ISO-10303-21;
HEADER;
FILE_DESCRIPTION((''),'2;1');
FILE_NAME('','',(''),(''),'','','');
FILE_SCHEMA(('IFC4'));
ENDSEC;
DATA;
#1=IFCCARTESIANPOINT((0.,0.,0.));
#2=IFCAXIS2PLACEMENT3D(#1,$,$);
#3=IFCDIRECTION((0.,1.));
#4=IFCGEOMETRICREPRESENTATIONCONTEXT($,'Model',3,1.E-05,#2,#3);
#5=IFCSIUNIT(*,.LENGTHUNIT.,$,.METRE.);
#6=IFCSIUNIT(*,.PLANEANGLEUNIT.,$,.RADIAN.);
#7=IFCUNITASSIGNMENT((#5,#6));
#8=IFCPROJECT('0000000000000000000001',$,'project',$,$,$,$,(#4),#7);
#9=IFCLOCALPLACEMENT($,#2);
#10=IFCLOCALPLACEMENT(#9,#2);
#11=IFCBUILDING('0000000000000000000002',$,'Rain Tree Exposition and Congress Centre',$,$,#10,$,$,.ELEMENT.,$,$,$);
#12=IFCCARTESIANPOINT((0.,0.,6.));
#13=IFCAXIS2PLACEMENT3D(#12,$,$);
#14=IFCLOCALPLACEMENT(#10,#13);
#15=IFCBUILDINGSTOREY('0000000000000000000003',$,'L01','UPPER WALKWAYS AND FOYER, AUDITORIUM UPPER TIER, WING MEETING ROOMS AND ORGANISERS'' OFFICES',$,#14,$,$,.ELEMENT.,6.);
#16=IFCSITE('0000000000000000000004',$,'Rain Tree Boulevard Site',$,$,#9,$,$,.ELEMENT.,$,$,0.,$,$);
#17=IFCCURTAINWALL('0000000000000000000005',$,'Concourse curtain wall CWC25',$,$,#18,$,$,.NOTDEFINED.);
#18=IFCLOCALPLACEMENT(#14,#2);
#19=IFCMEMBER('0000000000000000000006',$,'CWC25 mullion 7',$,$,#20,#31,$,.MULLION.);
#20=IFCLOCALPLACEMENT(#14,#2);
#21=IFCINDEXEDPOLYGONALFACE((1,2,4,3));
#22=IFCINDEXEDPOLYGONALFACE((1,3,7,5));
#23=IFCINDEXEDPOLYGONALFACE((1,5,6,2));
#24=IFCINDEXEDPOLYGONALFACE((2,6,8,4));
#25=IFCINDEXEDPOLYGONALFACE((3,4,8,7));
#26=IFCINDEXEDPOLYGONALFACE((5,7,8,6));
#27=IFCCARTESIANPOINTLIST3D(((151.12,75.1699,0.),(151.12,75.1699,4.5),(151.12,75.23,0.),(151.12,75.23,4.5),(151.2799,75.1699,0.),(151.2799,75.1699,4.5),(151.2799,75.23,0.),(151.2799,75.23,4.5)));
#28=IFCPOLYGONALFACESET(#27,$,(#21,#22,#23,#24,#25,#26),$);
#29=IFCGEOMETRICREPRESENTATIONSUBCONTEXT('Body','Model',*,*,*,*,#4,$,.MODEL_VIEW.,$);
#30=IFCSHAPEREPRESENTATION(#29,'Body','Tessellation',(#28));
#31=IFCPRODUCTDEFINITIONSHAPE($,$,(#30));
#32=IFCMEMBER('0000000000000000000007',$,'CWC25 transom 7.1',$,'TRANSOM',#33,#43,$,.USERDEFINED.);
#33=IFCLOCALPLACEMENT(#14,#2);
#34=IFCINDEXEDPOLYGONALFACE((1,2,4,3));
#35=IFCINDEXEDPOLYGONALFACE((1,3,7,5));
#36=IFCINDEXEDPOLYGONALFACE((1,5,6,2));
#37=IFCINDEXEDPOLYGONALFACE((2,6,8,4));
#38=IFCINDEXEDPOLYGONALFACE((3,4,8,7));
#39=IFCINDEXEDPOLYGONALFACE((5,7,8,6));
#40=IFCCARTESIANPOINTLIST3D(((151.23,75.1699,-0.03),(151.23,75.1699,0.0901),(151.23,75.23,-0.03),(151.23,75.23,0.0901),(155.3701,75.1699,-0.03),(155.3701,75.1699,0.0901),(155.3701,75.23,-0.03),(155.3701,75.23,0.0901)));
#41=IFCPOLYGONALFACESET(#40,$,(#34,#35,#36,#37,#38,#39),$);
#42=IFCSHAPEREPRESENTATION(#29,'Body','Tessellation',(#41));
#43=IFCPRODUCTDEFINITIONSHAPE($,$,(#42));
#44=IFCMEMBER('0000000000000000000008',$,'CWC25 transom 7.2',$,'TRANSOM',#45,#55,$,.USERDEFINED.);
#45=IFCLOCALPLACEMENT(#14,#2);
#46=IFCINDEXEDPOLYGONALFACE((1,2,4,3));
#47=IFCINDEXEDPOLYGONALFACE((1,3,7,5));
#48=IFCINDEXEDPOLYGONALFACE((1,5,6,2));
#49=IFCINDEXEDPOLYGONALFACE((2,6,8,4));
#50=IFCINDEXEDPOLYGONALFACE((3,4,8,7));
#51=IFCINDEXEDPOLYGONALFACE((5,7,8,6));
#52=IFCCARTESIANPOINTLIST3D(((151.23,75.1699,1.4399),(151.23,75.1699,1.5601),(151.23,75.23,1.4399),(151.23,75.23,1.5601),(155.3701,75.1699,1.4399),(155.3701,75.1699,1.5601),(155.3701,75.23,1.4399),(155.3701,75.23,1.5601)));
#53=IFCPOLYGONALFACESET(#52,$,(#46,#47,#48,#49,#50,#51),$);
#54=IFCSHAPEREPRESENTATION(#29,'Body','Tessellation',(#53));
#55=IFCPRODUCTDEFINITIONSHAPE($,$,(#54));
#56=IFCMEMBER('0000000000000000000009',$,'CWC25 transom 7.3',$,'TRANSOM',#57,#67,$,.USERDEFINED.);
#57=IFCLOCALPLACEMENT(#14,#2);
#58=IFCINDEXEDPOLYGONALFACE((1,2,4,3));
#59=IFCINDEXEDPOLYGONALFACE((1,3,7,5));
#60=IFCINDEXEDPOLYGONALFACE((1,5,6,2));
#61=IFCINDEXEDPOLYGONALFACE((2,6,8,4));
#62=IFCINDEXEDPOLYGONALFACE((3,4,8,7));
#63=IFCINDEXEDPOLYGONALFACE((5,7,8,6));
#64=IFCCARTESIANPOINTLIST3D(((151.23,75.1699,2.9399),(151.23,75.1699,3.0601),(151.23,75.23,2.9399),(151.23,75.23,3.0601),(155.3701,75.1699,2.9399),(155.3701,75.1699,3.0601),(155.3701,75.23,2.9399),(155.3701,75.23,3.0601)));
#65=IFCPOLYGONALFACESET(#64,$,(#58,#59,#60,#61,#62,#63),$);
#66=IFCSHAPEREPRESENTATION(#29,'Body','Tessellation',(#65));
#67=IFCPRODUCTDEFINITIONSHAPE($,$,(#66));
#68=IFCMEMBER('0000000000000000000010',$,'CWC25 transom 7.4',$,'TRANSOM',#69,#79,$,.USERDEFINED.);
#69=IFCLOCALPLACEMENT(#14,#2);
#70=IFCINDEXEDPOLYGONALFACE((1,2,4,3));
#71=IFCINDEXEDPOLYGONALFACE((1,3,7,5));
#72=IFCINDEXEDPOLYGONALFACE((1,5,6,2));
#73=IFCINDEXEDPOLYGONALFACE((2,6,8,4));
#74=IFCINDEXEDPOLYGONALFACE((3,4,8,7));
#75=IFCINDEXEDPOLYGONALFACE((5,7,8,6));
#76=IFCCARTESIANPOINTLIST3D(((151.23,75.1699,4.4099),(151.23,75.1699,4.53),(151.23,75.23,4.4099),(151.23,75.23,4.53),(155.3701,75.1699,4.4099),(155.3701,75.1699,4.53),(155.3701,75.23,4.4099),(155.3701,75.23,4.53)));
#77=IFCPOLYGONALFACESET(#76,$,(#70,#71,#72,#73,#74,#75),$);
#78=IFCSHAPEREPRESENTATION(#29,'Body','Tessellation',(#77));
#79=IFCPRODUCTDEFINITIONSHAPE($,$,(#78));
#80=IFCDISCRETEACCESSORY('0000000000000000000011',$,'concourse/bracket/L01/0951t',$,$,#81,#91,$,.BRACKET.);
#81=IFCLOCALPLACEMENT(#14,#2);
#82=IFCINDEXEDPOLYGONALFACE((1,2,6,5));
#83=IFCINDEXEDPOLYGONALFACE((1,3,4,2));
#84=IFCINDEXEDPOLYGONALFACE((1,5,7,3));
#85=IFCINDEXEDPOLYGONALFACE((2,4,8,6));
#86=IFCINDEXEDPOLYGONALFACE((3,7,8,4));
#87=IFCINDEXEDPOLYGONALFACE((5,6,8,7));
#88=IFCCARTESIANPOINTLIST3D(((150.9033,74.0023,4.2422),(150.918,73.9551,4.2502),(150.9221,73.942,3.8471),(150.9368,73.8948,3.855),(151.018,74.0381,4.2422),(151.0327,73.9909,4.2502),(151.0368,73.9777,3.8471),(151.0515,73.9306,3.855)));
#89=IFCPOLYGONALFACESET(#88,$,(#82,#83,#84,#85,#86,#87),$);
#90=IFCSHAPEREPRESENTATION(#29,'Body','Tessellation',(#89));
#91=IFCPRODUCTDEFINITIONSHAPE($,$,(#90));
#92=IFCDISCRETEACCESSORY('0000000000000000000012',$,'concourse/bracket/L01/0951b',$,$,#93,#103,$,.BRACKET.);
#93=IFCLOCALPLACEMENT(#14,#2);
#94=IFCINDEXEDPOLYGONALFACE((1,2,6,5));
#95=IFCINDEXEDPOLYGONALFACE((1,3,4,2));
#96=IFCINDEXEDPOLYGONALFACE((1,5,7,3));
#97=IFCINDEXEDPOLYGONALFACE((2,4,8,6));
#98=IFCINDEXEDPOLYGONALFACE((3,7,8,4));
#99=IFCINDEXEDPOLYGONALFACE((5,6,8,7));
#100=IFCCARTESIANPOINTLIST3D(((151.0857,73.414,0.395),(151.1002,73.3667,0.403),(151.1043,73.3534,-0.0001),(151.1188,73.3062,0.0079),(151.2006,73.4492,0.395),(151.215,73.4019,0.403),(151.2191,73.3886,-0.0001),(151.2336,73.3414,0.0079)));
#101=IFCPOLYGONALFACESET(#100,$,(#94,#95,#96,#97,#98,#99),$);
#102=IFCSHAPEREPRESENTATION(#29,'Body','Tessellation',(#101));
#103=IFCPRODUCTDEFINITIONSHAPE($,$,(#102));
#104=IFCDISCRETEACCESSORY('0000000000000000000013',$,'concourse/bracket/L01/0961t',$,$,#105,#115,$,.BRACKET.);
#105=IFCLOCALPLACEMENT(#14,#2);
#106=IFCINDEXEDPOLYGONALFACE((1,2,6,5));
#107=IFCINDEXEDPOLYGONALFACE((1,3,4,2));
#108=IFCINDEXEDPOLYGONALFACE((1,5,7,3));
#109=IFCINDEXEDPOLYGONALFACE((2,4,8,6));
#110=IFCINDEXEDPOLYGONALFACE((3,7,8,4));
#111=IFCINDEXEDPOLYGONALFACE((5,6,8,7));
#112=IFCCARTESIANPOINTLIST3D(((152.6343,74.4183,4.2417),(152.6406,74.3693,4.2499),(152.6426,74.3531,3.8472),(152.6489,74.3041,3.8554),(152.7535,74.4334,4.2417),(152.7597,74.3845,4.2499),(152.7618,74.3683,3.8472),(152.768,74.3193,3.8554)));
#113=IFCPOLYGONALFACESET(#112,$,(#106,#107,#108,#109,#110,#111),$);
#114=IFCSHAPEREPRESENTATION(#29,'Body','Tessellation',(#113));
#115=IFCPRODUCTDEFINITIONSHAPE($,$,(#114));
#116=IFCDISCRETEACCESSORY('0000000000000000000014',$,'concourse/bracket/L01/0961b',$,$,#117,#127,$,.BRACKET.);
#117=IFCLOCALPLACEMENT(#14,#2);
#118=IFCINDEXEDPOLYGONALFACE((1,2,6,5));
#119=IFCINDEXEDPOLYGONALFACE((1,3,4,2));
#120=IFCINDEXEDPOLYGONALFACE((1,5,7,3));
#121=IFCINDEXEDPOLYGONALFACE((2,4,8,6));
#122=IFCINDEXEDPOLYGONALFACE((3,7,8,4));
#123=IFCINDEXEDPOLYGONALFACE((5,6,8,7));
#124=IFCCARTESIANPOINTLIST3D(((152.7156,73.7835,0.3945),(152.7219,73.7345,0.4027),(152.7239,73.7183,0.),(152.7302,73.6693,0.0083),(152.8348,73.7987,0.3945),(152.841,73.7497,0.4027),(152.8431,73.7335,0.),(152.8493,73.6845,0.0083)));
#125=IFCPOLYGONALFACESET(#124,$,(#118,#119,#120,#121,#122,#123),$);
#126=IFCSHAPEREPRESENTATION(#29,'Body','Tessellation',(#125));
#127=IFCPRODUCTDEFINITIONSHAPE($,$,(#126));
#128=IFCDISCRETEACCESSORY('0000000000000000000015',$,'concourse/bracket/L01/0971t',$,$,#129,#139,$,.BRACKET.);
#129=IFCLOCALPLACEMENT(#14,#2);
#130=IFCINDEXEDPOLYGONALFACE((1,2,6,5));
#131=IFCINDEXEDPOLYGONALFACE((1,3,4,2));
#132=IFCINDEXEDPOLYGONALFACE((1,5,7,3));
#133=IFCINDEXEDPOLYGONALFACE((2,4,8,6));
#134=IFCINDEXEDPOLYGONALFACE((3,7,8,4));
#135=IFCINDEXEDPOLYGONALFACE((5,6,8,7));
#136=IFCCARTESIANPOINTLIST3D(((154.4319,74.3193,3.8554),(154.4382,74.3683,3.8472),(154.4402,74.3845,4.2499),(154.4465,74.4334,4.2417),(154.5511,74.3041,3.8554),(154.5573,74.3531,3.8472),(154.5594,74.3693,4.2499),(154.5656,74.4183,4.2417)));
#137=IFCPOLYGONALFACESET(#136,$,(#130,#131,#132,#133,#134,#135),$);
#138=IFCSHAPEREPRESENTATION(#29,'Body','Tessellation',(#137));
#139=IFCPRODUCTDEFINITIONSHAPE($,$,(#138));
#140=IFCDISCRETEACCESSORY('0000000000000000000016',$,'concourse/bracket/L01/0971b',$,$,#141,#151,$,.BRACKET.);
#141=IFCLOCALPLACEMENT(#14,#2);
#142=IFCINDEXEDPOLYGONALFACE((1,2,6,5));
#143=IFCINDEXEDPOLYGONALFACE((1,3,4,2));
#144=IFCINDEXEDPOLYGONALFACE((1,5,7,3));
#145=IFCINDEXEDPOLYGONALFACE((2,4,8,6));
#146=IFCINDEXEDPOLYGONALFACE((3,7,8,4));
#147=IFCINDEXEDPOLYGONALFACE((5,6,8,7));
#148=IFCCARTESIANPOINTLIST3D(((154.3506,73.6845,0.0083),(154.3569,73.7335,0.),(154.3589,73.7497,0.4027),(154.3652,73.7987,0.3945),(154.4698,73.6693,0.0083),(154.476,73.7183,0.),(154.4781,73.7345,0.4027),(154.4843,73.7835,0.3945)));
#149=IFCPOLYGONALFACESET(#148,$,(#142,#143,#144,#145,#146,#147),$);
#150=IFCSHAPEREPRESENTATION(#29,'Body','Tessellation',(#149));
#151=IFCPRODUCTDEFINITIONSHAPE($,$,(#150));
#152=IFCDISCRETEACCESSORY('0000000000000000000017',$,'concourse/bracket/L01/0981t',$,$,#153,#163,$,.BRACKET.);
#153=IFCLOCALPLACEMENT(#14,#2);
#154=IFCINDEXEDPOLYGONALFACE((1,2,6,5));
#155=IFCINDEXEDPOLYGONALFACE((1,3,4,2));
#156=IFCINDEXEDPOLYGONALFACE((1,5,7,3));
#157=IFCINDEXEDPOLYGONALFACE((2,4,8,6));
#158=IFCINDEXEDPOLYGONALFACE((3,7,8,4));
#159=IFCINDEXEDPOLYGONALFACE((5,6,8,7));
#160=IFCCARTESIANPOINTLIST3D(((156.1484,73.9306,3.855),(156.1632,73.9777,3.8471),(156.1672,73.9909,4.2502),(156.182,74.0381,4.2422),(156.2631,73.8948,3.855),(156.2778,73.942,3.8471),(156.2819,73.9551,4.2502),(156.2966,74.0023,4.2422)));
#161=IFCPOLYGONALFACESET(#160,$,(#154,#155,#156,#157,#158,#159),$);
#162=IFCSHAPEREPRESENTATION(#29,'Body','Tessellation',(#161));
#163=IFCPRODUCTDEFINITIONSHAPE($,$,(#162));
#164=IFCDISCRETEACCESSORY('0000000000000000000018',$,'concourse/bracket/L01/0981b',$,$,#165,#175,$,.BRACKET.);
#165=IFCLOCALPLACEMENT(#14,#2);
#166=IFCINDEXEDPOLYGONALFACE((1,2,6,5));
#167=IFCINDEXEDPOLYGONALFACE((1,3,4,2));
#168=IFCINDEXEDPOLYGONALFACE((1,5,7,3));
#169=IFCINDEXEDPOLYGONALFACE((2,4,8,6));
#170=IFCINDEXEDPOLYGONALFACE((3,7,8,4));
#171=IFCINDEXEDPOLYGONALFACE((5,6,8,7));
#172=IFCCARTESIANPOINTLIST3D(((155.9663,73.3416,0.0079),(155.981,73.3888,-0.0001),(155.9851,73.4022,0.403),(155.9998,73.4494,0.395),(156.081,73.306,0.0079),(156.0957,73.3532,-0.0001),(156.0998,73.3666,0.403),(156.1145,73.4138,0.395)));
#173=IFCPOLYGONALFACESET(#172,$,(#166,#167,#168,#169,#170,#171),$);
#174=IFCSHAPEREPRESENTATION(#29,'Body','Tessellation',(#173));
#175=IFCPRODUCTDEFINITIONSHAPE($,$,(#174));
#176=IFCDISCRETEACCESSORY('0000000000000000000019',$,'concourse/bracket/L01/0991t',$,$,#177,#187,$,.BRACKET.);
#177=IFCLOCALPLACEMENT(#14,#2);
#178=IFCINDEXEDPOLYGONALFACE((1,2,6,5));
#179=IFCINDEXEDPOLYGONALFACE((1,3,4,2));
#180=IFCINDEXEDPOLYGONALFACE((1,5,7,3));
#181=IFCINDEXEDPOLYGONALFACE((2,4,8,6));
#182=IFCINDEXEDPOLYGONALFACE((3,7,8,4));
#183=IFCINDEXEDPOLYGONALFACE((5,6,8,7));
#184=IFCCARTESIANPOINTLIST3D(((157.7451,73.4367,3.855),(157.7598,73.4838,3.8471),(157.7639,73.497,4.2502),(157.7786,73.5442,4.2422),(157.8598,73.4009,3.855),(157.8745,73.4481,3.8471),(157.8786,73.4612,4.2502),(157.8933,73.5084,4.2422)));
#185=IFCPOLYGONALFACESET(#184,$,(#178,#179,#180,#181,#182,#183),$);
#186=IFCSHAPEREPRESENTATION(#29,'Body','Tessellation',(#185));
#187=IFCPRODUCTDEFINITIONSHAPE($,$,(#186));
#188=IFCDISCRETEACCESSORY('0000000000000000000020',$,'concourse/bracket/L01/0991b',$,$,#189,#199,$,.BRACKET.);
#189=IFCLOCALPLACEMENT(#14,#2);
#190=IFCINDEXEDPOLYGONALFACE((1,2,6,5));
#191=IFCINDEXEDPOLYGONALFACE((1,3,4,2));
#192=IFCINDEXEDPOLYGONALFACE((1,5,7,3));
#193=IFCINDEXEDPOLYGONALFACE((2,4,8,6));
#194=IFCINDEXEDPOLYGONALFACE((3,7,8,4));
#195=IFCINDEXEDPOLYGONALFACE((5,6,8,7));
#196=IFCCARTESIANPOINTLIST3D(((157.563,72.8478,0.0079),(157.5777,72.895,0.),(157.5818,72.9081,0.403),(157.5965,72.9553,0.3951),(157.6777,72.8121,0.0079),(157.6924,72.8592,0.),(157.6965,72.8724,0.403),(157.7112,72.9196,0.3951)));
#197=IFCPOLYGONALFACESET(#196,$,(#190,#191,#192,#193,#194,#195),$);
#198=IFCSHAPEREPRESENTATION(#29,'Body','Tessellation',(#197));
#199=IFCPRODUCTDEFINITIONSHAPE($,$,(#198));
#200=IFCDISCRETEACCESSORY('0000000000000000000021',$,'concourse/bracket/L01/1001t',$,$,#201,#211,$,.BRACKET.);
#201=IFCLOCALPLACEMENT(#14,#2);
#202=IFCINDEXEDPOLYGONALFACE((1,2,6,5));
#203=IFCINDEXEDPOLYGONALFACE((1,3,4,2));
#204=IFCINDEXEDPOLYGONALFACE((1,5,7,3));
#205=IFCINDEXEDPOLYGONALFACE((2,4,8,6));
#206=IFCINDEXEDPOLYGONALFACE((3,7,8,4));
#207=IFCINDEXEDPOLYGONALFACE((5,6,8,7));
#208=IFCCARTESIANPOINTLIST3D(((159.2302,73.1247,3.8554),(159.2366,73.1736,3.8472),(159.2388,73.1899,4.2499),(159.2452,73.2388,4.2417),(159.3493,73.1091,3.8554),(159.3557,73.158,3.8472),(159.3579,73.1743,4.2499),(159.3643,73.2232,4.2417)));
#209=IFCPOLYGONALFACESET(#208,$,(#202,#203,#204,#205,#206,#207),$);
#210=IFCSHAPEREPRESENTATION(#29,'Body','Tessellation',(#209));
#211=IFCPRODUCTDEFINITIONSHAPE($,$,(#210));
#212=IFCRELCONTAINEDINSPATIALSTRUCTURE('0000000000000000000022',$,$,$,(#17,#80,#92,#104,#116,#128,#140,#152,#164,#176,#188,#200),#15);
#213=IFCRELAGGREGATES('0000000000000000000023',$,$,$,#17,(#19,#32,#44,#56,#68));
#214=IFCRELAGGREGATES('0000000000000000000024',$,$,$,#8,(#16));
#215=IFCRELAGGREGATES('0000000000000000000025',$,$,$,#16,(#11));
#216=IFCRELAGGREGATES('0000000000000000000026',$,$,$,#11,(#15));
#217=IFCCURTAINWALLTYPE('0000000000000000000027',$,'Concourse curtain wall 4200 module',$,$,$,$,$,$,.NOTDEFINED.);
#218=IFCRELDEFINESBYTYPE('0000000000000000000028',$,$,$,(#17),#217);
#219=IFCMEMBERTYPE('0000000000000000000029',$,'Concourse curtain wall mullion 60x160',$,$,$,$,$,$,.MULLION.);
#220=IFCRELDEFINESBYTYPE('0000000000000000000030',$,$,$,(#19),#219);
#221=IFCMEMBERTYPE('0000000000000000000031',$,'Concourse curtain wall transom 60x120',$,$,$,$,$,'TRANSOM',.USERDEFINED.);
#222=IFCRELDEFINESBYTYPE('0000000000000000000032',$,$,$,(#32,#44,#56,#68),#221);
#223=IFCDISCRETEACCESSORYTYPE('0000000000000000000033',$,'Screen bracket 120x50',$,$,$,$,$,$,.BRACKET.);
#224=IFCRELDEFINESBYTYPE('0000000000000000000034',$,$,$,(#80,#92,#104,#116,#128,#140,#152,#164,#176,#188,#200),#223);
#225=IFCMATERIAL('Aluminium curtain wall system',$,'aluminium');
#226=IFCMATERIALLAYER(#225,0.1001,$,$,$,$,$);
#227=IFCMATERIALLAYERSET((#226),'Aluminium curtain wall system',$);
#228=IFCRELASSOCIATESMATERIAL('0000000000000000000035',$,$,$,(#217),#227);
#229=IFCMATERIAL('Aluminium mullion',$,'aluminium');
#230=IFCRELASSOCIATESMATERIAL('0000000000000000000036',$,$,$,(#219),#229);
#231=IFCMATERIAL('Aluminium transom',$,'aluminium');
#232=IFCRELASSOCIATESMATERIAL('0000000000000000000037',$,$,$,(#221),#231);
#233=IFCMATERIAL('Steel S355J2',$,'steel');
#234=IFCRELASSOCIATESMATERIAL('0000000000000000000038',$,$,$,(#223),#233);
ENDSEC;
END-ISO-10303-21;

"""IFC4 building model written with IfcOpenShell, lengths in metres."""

from ifc_helpers import new_model, si_unit, direction, frame, origin, origin_2d, place, context, subcontext, project, spatial, rectangle, extrude, material, layer, layer_set, material_profile, profile_set, type_object, element, aggregate, save


model = new_model("IFC4")

# Units and contexts
model_context = context("Model", 3, precision=1e-05, world=origin(), true_north=direction((0.0, 1.0)))
body_context = subcontext(model_context, "Body", "Model", "MODEL_VIEW")
ifc_project = project(units=[si_unit("LENGTHUNIT", "METRE"), si_unit("PLANEANGLEUNIT", "RADIAN")], contexts=[model_context])

# Site, building, storey
site_placement = place(None, origin())
site = spatial("IfcSite", under=ifc_project, at=site_placement, Name="Rain Tree Boulevard Site", CompositionType="ELEMENT", RefElevation=0.0)
building_placement = place(site_placement, origin())
building = spatial("IfcBuilding", under=site, at=building_placement, Name="Rain Tree Exposition and Congress Centre", CompositionType="ELEMENT")
storey_placement = place(building_placement, frame((0.0, 0.0, 6.0)))
storey = spatial("IfcBuildingStorey", under=building, at=storey_placement, Name="L01", Description="UPPER WALKWAYS AND FOYER, AUDITORIUM UPPER TIER, WING MEETING ROOMS AND ORGANISERS' OFFICES", CompositionType="ELEMENT", Elevation=6.0)

# Curtain wall, members
ifc_material_1 = material(Name="Aluminium curtain wall system", Category="aluminium")
ifc_layer_1 = layer(ifc_material_1, 0.1001)
ifc_layer_set_1 = layer_set([ifc_layer_1], Name="Aluminium curtain wall system")
curtain_wall_type = type_object("IfcCurtainWallType", Name="Concourse curtain wall 4200 module", PredefinedType="NOTDEFINED", material=ifc_layer_set_1)
curtain_wall_placement = place(storey_placement, origin())
curtain_wall = element("IfcCurtainWall", 1, at=curtain_wall_placement, inside=storey, type_object=curtain_wall_type, Name="Concourse curtain wall CWC25", PredefinedType="NOTDEFINED")
ifc_material_2 = material(Name="Aluminium mullion", Category="aluminium")
ifc_material_profile_1 = material_profile(ifc_material_2, rectangle(XDim=0.0601, YDim=0.1599, at=origin_2d()), Name="AL 60x160")
ifc_profile_set_1 = profile_set([ifc_material_profile_1], Name="Aluminium mullion")
member_type_1 = type_object("IfcMemberType", Name="Concourse curtain wall mullion 60x160", PredefinedType="MULLION", material=ifc_profile_set_1)
member_1_placement = place(storey_placement, frame((151.2, 75.2, 0.0), z_axis=(0.0, 0.0, 1.0), x_axis=(0.0, 1.0, 0.0)))
member_1 = element("IfcMember", 2, at=member_1_placement, type_object=member_type_1, Name="CWC25 mullion 7", PredefinedType="MULLION", context=body_context, shape_type="SweptSolid", body=[
    extrude(rectangle(XDim=0.0601, YDim=0.1599, at=origin_2d()), origin(), (0.0, 0.0, 1.0), 4.5),
])
ifc_material_3 = material(Name="Aluminium transom", Category="aluminium")
ifc_material_profile_2 = material_profile(ifc_material_3, rectangle(XDim=0.0601, YDim=0.1201, at=origin_2d()), Name="AL 60x120")
ifc_profile_set_2 = profile_set([ifc_material_profile_2], Name="Aluminium transom")
member_type_2 = type_object("IfcMemberType", Name="Concourse curtain wall transom 60x120", ElementType="TRANSOM", PredefinedType="USERDEFINED", material=ifc_profile_set_2)
member_2_placement = place(storey_placement, frame((151.23, 75.2, 0.03), z_axis=(1.0, 0.0, 0.0), x_axis=(0.0, 1.0, 0.0)))
member_2 = element("IfcMember", 3, at=member_2_placement, type_object=member_type_2, Name="CWC25 transom 7.1", ObjectType="TRANSOM", PredefinedType="USERDEFINED", context=body_context, shape_type="SweptSolid", body=[
    extrude(rectangle(XDim=0.0601, YDim=0.1201, at=origin_2d()), origin(), (0.0, 0.0, 1.0), 4.1401),
])
member_3_placement = place(storey_placement, frame((151.23, 75.2, 1.5), z_axis=(1.0, 0.0, 0.0), x_axis=(0.0, 1.0, 0.0)))
member_3 = element("IfcMember", 4, at=member_3_placement, type_object=member_type_2, Name="CWC25 transom 7.2", ObjectType="TRANSOM", PredefinedType="USERDEFINED", context=body_context, shape_type="SweptSolid", body=[
    extrude(rectangle(XDim=0.0601, YDim=0.1201, at=origin_2d()), origin(), (0.0, 0.0, 1.0), 4.1401),
])
member_4_placement = place(storey_placement, frame((151.23, 75.2, 3.0), z_axis=(1.0, 0.0, 0.0), x_axis=(0.0, 1.0, 0.0)))
member_4 = element("IfcMember", 5, at=member_4_placement, type_object=member_type_2, Name="CWC25 transom 7.3", ObjectType="TRANSOM", PredefinedType="USERDEFINED", context=body_context, shape_type="SweptSolid", body=[
    extrude(rectangle(XDim=0.0601, YDim=0.1201, at=origin_2d()), origin(), (0.0, 0.0, 1.0), 4.1401),
])
member_5_placement = place(storey_placement, frame((151.23, 75.2, 4.47), z_axis=(1.0, 0.0, 0.0), x_axis=(0.0, 1.0, 0.0)))
member_5 = element("IfcMember", 6, at=member_5_placement, type_object=member_type_2, Name="CWC25 transom 7.4", ObjectType="TRANSOM", PredefinedType="USERDEFINED", context=body_context, shape_type="SweptSolid", body=[
    extrude(rectangle(XDim=0.0601, YDim=0.1201, at=origin_2d()), origin(), (0.0, 0.0, 1.0), 4.1401),
])
aggregate(curtain_wall, [member_1, member_2, member_3, member_4, member_5])

# Discrete accessories
ifc_material_4 = material(Name="Steel S355J2", Category="steel")
ifc_material_profile_3 = material_profile(ifc_material_4, rectangle(XDim=0.1201, YDim=0.05, at=origin_2d()), Name="Flat bar 120x50")
ifc_profile_set_3 = profile_set([ifc_material_profile_3], Name="Steel S355J2")
discrete_accessory_type = type_object("IfcDiscreteAccessoryType", Name="Screen bracket 120x50", PredefinedType="BRACKET", material=ifc_profile_set_3)
for number, where, z_axis, x_axis, name in (
    (7, (150.9868, 73.9363, 3.8511), (-0.046993, 0.150743, 0.987456), (-0.954686, -0.297615, 0.0), "concourse/bracket/L01/0951t"),
    (8, (151.1689, 73.3474, 0.0039), (-0.046379, 0.151343, 0.987393), (-0.956112, -0.293002, 0.0), "concourse/bracket/L01/0951b"),
):
    element("IfcDiscreteAccessory", number, at=place(storey_placement, frame(where, z_axis=z_axis, x_axis=x_axis)), inside=storey, type_object=discrete_accessory_type, Name=name, PredefinedType="BRACKET", context=body_context, shape_type="SweptSolid", body=[
        extrude(rectangle(XDim=0.1201, YDim=0.05, at=origin_2d()), origin(), (0.0, 0.0, 1.0), 0.4001),
    ])
for number, where, z_axis, x_axis, name in (
    (9, (152.7053, 74.3362, 3.8513), (-0.020754, 0.162978, 0.986411), (-0.991989, -0.126321, 0.0), "concourse/bracket/L01/0961t"),
    (10, (152.7866, 73.7014, 0.0042), (-0.020754, 0.162978, 0.986411), (-0.991989, -0.126321, 0.0), "concourse/bracket/L01/0961b"),
    (11, (154.4946, 74.3362, 3.8513), (0.020754, 0.162978, 0.986411), (-0.991989, 0.126321, 0.0), "concourse/bracket/L01/0971t"),
    (12, (154.4133, 73.7014, 0.0042), (0.020754, 0.162978, 0.986411), (-0.991989, 0.126321, 0.0), "concourse/bracket/L01/0971b"),
):
    element("IfcDiscreteAccessory", number, at=place(storey_placement, frame(where, z_axis=z_axis, x_axis=x_axis)), inside=storey, type_object=discrete_accessory_type, Name=name, PredefinedType="BRACKET", context=body_context, shape_type="SweptSolid", body=[
        extrude(rectangle(XDim=0.1201, YDim=0.05, at=origin_2d()), origin(), (0.0, 0.0, 1.0), 0.3999),
    ])
for number, where, z_axis, x_axis, name in (
    (13, (156.2131, 73.9363, 3.8511), (0.046993, 0.150743, 0.987456), (-0.954686, 0.297615, 0.0), "concourse/bracket/L01/0981t"),
    (14, (156.031, 73.3474, 0.0039), (0.046988, 0.151339, 0.987364), (-0.955027, 0.29652, 0.0), "concourse/bracket/L01/0981b"),
    (15, (157.8098, 73.4424, 3.8511), (0.046993, 0.150743, 0.987456), (-0.954686, 0.297615, 0.0), "concourse/bracket/L01/0991t"),
    (16, (157.6277, 72.8535, 0.0039), (0.046993, 0.150743, 0.987456), (-0.954686, 0.297615, 0.0), "concourse/bracket/L01/0991b"),
):
    element("IfcDiscreteAccessory", number, at=place(storey_placement, frame(where, z_axis=z_axis, x_axis=x_axis)), inside=storey, type_object=discrete_accessory_type, Name=name, PredefinedType="BRACKET", context=body_context, shape_type="SweptSolid", body=[
        extrude(rectangle(XDim=0.1201, YDim=0.05, at=origin_2d()), origin(), (0.0, 0.0, 1.0), 0.4001),
    ])
for number, where, z_axis, x_axis, name in (
    (17, (159.293, 73.1414, 3.8513), (0.021364, 0.162976, 0.986399), (-0.991517, 0.129974, 0.0), "concourse/bracket/L01/1001t"),
):
    element("IfcDiscreteAccessory", number, at=place(storey_placement, frame(where, z_axis=z_axis, x_axis=x_axis)), inside=storey, type_object=discrete_accessory_type, Name=name, PredefinedType="BRACKET", context=body_context, shape_type="SweptSolid", body=[
        extrude(rectangle(XDim=0.1201, YDim=0.05, at=origin_2d()), origin(), (0.0, 0.0, 1.0), 0.3999),
    ])

save(model, "model.ifc")
